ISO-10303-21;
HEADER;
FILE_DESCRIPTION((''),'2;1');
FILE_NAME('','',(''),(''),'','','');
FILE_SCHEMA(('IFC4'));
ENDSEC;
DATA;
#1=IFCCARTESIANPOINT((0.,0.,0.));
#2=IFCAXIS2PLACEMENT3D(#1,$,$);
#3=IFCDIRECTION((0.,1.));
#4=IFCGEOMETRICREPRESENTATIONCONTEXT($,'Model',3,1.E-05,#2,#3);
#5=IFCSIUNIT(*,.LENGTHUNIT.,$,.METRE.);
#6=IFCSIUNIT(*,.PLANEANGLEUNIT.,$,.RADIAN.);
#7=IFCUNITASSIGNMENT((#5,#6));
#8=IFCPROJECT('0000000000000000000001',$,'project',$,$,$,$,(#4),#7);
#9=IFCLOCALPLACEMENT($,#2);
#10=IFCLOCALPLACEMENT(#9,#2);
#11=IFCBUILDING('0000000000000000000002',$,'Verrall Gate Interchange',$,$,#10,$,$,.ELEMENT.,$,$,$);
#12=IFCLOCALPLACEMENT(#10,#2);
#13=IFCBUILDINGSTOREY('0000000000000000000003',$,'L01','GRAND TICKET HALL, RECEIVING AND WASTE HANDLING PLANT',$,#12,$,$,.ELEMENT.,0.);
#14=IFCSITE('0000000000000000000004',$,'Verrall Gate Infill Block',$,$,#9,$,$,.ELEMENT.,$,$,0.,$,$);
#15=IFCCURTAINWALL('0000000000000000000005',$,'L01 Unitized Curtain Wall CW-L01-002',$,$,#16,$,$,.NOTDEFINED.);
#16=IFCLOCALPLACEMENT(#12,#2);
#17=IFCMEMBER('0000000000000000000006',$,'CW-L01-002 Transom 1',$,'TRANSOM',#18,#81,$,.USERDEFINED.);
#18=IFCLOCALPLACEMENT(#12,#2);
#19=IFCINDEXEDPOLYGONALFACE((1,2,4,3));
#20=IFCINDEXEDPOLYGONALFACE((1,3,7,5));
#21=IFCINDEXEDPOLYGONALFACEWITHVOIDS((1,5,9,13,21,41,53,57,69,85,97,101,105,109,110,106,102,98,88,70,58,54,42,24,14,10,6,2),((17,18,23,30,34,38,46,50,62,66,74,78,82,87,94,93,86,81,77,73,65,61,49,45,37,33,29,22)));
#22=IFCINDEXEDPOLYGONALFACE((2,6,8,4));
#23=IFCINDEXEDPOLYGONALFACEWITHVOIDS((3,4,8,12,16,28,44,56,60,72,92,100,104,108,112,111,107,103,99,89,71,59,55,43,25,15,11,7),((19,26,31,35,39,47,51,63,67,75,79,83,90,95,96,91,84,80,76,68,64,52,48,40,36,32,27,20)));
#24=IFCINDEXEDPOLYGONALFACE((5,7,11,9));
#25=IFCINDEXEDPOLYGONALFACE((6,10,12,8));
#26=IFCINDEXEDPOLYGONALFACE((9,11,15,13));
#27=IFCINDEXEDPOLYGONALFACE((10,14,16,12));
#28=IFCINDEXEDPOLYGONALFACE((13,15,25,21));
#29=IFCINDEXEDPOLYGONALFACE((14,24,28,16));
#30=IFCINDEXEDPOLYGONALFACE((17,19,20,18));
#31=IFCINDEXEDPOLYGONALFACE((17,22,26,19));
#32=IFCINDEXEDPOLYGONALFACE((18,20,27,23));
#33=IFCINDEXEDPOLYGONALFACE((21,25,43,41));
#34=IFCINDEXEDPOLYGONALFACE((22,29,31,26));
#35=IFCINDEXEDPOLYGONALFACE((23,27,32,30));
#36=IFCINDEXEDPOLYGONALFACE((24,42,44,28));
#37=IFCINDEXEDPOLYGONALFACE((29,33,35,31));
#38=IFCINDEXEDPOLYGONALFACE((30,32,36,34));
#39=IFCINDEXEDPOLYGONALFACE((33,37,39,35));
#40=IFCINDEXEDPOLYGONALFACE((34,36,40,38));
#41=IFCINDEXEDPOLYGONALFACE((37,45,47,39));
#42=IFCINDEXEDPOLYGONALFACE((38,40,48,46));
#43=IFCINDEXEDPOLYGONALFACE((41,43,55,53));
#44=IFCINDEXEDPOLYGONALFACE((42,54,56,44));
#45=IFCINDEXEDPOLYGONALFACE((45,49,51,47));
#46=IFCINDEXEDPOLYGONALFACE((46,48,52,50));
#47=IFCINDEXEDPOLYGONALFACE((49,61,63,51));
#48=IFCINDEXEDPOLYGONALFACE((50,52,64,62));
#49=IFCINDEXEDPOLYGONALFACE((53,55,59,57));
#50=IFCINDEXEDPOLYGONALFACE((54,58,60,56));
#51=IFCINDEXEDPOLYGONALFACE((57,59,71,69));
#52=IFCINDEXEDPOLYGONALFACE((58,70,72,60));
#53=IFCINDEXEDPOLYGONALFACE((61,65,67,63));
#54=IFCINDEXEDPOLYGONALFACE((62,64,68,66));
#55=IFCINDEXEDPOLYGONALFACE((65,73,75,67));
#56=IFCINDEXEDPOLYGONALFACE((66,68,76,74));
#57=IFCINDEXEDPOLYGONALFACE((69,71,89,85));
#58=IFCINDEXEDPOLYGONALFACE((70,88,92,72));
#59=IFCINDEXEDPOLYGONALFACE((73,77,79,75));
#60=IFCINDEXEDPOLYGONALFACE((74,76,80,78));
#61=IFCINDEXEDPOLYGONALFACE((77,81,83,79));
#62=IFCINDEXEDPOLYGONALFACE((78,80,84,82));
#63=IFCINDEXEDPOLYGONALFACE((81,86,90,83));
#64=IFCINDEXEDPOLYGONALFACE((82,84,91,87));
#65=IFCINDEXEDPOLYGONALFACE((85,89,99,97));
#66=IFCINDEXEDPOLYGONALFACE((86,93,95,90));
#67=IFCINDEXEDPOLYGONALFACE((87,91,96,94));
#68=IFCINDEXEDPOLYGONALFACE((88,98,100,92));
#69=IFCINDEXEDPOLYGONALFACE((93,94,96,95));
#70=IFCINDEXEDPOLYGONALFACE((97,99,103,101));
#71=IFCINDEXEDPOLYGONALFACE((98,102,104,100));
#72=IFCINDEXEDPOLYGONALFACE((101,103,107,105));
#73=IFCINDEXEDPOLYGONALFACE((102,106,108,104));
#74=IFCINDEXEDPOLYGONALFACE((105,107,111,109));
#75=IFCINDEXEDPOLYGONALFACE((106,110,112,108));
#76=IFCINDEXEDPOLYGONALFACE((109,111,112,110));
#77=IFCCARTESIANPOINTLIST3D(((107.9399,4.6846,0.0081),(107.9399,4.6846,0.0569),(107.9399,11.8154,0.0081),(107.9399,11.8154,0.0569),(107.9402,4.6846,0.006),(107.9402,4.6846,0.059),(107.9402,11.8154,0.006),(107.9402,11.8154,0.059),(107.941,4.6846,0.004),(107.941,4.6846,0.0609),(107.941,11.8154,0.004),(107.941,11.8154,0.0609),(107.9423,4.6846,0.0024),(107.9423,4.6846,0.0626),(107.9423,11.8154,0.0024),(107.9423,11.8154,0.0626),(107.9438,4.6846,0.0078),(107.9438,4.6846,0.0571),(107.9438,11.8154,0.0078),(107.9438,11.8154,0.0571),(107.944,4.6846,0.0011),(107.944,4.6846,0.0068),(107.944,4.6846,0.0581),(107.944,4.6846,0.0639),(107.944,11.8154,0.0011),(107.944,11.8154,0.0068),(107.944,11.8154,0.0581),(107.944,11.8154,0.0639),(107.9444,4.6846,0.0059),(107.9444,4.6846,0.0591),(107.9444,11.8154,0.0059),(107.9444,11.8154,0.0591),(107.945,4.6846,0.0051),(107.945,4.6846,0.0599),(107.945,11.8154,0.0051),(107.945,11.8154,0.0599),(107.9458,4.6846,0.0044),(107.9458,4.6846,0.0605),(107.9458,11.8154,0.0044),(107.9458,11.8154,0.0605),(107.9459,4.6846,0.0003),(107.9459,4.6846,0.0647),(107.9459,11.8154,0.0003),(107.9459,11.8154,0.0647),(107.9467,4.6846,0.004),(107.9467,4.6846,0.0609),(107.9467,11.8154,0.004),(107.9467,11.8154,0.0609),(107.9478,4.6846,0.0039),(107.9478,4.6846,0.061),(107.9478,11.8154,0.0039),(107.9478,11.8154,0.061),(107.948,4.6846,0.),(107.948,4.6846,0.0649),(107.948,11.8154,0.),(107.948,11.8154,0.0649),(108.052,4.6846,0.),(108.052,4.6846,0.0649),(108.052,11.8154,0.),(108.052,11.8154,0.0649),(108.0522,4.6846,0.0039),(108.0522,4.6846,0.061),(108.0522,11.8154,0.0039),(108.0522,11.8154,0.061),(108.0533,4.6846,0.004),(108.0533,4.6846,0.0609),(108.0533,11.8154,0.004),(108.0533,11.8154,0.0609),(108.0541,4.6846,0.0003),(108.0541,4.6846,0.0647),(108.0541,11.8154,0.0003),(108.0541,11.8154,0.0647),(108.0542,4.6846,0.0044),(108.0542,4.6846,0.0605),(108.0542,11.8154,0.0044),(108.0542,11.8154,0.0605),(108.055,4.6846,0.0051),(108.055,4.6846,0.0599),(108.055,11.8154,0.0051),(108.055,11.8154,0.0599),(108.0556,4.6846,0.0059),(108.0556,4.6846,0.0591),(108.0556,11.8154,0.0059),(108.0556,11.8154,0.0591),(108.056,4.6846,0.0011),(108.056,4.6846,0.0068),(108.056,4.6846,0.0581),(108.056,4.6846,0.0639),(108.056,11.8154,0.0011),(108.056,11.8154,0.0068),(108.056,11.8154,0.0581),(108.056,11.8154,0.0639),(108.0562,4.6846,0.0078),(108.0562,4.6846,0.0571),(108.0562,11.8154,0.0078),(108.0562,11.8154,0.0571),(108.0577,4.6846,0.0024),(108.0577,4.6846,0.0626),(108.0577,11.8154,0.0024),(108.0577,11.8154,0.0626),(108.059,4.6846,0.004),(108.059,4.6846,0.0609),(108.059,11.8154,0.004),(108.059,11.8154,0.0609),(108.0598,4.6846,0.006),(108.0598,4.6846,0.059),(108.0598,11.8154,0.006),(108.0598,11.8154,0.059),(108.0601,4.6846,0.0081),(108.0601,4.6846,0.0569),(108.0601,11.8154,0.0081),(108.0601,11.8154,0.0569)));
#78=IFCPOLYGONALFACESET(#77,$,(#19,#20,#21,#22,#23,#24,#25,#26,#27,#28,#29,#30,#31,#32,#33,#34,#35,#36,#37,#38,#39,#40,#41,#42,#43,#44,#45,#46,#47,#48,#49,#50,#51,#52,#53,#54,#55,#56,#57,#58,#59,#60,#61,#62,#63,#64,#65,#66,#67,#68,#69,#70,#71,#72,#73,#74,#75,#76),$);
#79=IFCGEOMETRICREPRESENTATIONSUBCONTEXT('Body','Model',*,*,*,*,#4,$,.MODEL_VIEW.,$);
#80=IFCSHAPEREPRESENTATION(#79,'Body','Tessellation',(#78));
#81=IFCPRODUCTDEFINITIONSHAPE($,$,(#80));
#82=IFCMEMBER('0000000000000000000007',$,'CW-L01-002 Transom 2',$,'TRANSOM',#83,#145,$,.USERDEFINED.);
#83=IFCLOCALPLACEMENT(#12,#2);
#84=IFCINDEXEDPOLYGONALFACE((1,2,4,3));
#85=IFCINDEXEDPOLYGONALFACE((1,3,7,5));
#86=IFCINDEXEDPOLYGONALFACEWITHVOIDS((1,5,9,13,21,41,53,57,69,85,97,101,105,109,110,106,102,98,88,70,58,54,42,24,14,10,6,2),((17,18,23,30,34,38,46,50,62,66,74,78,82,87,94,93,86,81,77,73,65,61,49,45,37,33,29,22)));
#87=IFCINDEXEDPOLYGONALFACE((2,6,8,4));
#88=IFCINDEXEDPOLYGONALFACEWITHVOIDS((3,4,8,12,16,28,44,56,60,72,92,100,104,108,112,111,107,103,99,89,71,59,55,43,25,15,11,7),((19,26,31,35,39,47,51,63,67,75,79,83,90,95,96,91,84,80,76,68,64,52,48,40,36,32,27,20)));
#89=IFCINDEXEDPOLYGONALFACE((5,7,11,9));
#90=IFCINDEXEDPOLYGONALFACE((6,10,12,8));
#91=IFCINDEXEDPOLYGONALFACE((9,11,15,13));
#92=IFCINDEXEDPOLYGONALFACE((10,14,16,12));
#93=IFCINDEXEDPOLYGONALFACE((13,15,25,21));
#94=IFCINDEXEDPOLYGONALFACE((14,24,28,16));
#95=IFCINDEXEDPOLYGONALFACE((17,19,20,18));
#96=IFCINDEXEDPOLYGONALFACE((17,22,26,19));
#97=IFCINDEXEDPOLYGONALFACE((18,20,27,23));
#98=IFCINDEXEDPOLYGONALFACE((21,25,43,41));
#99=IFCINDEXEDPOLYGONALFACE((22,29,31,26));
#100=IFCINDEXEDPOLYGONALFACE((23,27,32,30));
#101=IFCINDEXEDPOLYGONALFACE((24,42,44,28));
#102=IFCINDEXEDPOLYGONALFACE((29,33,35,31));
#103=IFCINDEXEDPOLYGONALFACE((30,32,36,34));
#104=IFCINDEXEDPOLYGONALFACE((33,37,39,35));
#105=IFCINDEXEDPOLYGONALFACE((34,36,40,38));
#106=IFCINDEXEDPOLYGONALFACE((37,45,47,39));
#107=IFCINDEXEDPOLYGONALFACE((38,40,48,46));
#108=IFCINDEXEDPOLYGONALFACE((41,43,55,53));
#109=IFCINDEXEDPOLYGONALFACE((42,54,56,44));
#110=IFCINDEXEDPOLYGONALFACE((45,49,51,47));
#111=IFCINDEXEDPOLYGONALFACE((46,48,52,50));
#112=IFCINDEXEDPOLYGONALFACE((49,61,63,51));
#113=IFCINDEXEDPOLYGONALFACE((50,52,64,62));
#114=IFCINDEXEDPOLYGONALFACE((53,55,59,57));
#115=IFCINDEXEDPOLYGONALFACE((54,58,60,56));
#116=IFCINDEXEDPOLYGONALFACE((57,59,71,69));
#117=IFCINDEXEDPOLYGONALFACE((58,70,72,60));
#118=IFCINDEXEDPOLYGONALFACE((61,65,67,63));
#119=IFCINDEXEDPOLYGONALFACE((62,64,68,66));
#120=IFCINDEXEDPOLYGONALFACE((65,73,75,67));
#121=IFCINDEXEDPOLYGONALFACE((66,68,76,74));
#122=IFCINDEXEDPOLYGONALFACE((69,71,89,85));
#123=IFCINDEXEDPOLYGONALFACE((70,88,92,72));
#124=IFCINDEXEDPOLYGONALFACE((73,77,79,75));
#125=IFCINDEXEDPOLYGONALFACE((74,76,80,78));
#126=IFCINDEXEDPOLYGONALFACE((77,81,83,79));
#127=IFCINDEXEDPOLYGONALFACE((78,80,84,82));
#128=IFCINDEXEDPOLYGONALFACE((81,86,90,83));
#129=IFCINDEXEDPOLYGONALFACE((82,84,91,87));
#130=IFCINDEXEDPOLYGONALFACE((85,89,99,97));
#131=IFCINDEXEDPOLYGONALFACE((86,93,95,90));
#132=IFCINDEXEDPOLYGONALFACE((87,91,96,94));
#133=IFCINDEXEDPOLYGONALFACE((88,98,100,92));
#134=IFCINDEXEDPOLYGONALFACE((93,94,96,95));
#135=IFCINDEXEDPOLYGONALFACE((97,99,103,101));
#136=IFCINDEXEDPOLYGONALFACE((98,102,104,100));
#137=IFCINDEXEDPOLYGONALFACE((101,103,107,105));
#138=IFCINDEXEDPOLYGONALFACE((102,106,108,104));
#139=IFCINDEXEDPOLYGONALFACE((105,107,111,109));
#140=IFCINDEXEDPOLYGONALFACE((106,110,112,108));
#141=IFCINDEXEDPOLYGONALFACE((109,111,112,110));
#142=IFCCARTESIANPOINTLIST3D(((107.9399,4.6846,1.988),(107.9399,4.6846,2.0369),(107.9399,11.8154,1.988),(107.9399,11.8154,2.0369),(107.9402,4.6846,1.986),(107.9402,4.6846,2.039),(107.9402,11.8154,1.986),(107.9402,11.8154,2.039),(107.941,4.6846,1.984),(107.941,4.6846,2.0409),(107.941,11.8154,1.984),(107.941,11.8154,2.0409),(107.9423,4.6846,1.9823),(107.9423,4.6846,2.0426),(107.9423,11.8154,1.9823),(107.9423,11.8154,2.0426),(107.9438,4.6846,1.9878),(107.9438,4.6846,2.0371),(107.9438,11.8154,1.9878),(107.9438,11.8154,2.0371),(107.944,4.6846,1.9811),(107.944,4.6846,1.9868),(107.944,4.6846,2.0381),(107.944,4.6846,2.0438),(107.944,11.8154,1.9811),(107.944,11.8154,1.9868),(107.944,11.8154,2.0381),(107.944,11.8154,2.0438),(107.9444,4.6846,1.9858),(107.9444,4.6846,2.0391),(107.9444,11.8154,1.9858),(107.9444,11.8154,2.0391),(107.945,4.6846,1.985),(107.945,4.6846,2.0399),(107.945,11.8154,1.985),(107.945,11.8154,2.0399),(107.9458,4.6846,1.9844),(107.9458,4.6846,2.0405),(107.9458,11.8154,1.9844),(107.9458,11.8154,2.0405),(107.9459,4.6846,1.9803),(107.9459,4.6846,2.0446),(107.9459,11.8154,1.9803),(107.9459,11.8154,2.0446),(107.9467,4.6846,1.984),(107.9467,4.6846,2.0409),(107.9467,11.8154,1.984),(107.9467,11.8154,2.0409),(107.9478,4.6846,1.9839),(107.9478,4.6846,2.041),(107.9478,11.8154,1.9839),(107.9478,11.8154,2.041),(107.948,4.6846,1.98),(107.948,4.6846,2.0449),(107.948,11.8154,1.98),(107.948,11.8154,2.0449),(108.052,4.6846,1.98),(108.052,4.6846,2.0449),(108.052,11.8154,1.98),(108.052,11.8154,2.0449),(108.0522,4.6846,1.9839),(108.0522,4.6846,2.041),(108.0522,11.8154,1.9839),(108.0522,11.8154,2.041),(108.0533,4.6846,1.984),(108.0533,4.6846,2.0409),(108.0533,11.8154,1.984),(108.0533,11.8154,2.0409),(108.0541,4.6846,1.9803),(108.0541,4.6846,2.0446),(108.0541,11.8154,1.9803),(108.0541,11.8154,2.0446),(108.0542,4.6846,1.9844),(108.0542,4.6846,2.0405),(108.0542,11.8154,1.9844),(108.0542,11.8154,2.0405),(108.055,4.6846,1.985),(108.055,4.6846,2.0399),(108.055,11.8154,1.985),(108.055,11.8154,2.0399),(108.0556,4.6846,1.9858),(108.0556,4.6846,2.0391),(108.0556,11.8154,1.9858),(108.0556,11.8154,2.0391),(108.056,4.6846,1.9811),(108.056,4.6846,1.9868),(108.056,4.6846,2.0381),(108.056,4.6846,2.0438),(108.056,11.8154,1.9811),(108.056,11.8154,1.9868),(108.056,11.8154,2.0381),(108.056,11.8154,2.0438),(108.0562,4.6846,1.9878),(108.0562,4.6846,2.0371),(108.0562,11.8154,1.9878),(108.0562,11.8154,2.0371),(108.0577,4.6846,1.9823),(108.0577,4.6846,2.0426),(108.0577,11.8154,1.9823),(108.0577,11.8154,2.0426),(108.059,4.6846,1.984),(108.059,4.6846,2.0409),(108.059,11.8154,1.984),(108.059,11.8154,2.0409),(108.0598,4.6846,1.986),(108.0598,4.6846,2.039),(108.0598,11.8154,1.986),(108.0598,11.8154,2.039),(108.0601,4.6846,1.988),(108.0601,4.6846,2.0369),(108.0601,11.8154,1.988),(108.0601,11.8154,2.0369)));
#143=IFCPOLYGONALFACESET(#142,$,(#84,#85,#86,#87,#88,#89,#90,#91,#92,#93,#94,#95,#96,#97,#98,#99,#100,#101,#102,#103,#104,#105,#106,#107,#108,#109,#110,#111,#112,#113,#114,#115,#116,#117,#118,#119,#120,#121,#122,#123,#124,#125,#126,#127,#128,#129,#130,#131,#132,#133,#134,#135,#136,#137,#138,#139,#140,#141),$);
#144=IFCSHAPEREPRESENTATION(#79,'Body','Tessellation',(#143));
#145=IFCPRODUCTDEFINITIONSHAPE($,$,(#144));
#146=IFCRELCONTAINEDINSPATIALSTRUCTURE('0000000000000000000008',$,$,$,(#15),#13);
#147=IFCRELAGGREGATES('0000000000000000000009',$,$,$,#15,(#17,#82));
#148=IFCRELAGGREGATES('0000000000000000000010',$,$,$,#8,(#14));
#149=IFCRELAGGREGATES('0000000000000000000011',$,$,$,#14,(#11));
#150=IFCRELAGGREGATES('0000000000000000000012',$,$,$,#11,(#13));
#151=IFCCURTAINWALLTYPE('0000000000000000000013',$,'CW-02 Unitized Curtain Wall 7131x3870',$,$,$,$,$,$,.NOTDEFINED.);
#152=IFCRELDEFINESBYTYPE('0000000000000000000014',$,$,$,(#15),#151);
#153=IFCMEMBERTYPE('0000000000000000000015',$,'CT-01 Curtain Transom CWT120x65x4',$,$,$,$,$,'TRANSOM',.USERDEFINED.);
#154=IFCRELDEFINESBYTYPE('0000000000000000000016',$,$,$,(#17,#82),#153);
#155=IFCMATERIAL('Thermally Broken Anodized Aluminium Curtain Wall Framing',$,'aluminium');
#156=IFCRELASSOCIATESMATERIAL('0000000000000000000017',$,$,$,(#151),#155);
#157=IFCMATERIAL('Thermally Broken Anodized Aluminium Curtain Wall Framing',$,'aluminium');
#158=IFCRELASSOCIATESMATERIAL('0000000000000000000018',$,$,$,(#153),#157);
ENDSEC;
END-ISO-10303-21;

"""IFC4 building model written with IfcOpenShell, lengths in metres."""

from ifc_helpers import new_model, si_unit, direction, frame, origin, origin_2d, place, context, subcontext, project, spatial, hollow_rectangle, extrude, material, material_profile, profile_set, type_object, element, aggregate, save


model = new_model("IFC4")

# Units and contexts
model_context = context("Model", 3, precision=1e-05, world=origin(), true_north=direction((0.0, 1.0)))
body_context = subcontext(model_context, "Body", "Model", "MODEL_VIEW")
ifc_project = project(units=[si_unit("LENGTHUNIT", "METRE"), si_unit("PLANEANGLEUNIT", "RADIAN")], contexts=[model_context])

# Site, building, storey
site_placement = place(None, origin())
site = spatial("IfcSite", under=ifc_project, at=site_placement, Name="Verrall Gate Infill Block", CompositionType="ELEMENT", RefElevation=0.0)
building_placement = place(site_placement, origin())
building = spatial("IfcBuilding", under=site, at=building_placement, Name="Verrall Gate Interchange", CompositionType="ELEMENT")
storey_placement = place(building_placement, origin())
storey = spatial("IfcBuildingStorey", under=building, at=storey_placement, Name="L01", Description="GRAND TICKET HALL, RECEIVING AND WASTE HANDLING PLANT", CompositionType="ELEMENT", Elevation=0.0)

# Curtain wall, members
ifc_material_1 = material(Name="Thermally Broken Anodized Aluminium Curtain Wall Framing", Category="aluminium")
curtain_wall_type_1 = type_object("IfcCurtainWallType", Name="CW-02 Unitized Curtain Wall 7131x3870", PredefinedType="NOTDEFINED", material=ifc_material_1)
curtain_wall_1_placement = place(storey_placement, origin())
curtain_wall_1 = element("IfcCurtainWall", 1, at=curtain_wall_1_placement, inside=storey, type_object=curtain_wall_type_1, Name="L01 Unitized Curtain Wall CW-L01-002", PredefinedType="NOTDEFINED")
ifc_material_2 = material(Name="Thermally Broken Anodized Aluminium Curtain Wall Framing", Category="aluminium")
ifc_material_profile_1 = material_profile(ifc_material_2, hollow_rectangle(XDim=0.1201, YDim=0.0649, WallThickness=0.0039, InnerFilletRadius=0.0039, OuterFilletRadius=0.0081, at=origin_2d()), Name="CWT120x65x4")
ifc_profile_set_1 = profile_set([ifc_material_profile_1], Name="Thermally Broken Anodized Aluminium Curtain Wall Framing")
member_type_1 = type_object("IfcMemberType", Name="CT-01 Curtain Transom CWT120x65x4", ElementType="TRANSOM", PredefinedType="USERDEFINED", material=ifc_profile_set_1)
member_1_placement = place(storey_placement, frame((108.0, 4.6846, 0.0325), z_axis=(0.0, 1.0, 0.0), x_axis=(-1.0, 0.0, 0.0)))
member_1 = element("IfcMember", 2, at=member_1_placement, type_object=member_type_1, Name="CW-L01-002 Transom 1", ObjectType="TRANSOM", PredefinedType="USERDEFINED", context=body_context, shape_type="SweptSolid", body=[
    extrude(hollow_rectangle(XDim=0.1201, YDim=0.0649, WallThickness=0.0039, InnerFilletRadius=0.0039, OuterFilletRadius=0.0081, at=origin_2d()), origin(), (0.0, 0.0, 1.0), 7.1309),
])
member_2_placement = place(storey_placement, frame((108.0, 4.6846, 2.0125), z_axis=(0.0, 1.0, 0.0), x_axis=(-1.0, 0.0, 0.0)))
member_2 = element("IfcMember", 3, at=member_2_placement, type_object=member_type_1, Name="CW-L01-002 Transom 2", ObjectType="TRANSOM", PredefinedType="USERDEFINED", context=body_context, shape_type="SweptSolid", body=[
    extrude(hollow_rectangle(XDim=0.1201, YDim=0.0649, WallThickness=0.0039, InnerFilletRadius=0.0039, OuterFilletRadius=0.0081, at=origin_2d()), origin(), (0.0, 0.0, 1.0), 7.1309),
])
aggregate(curtain_wall_1, [member_1, member_2])

save(model, "model.ifc")
